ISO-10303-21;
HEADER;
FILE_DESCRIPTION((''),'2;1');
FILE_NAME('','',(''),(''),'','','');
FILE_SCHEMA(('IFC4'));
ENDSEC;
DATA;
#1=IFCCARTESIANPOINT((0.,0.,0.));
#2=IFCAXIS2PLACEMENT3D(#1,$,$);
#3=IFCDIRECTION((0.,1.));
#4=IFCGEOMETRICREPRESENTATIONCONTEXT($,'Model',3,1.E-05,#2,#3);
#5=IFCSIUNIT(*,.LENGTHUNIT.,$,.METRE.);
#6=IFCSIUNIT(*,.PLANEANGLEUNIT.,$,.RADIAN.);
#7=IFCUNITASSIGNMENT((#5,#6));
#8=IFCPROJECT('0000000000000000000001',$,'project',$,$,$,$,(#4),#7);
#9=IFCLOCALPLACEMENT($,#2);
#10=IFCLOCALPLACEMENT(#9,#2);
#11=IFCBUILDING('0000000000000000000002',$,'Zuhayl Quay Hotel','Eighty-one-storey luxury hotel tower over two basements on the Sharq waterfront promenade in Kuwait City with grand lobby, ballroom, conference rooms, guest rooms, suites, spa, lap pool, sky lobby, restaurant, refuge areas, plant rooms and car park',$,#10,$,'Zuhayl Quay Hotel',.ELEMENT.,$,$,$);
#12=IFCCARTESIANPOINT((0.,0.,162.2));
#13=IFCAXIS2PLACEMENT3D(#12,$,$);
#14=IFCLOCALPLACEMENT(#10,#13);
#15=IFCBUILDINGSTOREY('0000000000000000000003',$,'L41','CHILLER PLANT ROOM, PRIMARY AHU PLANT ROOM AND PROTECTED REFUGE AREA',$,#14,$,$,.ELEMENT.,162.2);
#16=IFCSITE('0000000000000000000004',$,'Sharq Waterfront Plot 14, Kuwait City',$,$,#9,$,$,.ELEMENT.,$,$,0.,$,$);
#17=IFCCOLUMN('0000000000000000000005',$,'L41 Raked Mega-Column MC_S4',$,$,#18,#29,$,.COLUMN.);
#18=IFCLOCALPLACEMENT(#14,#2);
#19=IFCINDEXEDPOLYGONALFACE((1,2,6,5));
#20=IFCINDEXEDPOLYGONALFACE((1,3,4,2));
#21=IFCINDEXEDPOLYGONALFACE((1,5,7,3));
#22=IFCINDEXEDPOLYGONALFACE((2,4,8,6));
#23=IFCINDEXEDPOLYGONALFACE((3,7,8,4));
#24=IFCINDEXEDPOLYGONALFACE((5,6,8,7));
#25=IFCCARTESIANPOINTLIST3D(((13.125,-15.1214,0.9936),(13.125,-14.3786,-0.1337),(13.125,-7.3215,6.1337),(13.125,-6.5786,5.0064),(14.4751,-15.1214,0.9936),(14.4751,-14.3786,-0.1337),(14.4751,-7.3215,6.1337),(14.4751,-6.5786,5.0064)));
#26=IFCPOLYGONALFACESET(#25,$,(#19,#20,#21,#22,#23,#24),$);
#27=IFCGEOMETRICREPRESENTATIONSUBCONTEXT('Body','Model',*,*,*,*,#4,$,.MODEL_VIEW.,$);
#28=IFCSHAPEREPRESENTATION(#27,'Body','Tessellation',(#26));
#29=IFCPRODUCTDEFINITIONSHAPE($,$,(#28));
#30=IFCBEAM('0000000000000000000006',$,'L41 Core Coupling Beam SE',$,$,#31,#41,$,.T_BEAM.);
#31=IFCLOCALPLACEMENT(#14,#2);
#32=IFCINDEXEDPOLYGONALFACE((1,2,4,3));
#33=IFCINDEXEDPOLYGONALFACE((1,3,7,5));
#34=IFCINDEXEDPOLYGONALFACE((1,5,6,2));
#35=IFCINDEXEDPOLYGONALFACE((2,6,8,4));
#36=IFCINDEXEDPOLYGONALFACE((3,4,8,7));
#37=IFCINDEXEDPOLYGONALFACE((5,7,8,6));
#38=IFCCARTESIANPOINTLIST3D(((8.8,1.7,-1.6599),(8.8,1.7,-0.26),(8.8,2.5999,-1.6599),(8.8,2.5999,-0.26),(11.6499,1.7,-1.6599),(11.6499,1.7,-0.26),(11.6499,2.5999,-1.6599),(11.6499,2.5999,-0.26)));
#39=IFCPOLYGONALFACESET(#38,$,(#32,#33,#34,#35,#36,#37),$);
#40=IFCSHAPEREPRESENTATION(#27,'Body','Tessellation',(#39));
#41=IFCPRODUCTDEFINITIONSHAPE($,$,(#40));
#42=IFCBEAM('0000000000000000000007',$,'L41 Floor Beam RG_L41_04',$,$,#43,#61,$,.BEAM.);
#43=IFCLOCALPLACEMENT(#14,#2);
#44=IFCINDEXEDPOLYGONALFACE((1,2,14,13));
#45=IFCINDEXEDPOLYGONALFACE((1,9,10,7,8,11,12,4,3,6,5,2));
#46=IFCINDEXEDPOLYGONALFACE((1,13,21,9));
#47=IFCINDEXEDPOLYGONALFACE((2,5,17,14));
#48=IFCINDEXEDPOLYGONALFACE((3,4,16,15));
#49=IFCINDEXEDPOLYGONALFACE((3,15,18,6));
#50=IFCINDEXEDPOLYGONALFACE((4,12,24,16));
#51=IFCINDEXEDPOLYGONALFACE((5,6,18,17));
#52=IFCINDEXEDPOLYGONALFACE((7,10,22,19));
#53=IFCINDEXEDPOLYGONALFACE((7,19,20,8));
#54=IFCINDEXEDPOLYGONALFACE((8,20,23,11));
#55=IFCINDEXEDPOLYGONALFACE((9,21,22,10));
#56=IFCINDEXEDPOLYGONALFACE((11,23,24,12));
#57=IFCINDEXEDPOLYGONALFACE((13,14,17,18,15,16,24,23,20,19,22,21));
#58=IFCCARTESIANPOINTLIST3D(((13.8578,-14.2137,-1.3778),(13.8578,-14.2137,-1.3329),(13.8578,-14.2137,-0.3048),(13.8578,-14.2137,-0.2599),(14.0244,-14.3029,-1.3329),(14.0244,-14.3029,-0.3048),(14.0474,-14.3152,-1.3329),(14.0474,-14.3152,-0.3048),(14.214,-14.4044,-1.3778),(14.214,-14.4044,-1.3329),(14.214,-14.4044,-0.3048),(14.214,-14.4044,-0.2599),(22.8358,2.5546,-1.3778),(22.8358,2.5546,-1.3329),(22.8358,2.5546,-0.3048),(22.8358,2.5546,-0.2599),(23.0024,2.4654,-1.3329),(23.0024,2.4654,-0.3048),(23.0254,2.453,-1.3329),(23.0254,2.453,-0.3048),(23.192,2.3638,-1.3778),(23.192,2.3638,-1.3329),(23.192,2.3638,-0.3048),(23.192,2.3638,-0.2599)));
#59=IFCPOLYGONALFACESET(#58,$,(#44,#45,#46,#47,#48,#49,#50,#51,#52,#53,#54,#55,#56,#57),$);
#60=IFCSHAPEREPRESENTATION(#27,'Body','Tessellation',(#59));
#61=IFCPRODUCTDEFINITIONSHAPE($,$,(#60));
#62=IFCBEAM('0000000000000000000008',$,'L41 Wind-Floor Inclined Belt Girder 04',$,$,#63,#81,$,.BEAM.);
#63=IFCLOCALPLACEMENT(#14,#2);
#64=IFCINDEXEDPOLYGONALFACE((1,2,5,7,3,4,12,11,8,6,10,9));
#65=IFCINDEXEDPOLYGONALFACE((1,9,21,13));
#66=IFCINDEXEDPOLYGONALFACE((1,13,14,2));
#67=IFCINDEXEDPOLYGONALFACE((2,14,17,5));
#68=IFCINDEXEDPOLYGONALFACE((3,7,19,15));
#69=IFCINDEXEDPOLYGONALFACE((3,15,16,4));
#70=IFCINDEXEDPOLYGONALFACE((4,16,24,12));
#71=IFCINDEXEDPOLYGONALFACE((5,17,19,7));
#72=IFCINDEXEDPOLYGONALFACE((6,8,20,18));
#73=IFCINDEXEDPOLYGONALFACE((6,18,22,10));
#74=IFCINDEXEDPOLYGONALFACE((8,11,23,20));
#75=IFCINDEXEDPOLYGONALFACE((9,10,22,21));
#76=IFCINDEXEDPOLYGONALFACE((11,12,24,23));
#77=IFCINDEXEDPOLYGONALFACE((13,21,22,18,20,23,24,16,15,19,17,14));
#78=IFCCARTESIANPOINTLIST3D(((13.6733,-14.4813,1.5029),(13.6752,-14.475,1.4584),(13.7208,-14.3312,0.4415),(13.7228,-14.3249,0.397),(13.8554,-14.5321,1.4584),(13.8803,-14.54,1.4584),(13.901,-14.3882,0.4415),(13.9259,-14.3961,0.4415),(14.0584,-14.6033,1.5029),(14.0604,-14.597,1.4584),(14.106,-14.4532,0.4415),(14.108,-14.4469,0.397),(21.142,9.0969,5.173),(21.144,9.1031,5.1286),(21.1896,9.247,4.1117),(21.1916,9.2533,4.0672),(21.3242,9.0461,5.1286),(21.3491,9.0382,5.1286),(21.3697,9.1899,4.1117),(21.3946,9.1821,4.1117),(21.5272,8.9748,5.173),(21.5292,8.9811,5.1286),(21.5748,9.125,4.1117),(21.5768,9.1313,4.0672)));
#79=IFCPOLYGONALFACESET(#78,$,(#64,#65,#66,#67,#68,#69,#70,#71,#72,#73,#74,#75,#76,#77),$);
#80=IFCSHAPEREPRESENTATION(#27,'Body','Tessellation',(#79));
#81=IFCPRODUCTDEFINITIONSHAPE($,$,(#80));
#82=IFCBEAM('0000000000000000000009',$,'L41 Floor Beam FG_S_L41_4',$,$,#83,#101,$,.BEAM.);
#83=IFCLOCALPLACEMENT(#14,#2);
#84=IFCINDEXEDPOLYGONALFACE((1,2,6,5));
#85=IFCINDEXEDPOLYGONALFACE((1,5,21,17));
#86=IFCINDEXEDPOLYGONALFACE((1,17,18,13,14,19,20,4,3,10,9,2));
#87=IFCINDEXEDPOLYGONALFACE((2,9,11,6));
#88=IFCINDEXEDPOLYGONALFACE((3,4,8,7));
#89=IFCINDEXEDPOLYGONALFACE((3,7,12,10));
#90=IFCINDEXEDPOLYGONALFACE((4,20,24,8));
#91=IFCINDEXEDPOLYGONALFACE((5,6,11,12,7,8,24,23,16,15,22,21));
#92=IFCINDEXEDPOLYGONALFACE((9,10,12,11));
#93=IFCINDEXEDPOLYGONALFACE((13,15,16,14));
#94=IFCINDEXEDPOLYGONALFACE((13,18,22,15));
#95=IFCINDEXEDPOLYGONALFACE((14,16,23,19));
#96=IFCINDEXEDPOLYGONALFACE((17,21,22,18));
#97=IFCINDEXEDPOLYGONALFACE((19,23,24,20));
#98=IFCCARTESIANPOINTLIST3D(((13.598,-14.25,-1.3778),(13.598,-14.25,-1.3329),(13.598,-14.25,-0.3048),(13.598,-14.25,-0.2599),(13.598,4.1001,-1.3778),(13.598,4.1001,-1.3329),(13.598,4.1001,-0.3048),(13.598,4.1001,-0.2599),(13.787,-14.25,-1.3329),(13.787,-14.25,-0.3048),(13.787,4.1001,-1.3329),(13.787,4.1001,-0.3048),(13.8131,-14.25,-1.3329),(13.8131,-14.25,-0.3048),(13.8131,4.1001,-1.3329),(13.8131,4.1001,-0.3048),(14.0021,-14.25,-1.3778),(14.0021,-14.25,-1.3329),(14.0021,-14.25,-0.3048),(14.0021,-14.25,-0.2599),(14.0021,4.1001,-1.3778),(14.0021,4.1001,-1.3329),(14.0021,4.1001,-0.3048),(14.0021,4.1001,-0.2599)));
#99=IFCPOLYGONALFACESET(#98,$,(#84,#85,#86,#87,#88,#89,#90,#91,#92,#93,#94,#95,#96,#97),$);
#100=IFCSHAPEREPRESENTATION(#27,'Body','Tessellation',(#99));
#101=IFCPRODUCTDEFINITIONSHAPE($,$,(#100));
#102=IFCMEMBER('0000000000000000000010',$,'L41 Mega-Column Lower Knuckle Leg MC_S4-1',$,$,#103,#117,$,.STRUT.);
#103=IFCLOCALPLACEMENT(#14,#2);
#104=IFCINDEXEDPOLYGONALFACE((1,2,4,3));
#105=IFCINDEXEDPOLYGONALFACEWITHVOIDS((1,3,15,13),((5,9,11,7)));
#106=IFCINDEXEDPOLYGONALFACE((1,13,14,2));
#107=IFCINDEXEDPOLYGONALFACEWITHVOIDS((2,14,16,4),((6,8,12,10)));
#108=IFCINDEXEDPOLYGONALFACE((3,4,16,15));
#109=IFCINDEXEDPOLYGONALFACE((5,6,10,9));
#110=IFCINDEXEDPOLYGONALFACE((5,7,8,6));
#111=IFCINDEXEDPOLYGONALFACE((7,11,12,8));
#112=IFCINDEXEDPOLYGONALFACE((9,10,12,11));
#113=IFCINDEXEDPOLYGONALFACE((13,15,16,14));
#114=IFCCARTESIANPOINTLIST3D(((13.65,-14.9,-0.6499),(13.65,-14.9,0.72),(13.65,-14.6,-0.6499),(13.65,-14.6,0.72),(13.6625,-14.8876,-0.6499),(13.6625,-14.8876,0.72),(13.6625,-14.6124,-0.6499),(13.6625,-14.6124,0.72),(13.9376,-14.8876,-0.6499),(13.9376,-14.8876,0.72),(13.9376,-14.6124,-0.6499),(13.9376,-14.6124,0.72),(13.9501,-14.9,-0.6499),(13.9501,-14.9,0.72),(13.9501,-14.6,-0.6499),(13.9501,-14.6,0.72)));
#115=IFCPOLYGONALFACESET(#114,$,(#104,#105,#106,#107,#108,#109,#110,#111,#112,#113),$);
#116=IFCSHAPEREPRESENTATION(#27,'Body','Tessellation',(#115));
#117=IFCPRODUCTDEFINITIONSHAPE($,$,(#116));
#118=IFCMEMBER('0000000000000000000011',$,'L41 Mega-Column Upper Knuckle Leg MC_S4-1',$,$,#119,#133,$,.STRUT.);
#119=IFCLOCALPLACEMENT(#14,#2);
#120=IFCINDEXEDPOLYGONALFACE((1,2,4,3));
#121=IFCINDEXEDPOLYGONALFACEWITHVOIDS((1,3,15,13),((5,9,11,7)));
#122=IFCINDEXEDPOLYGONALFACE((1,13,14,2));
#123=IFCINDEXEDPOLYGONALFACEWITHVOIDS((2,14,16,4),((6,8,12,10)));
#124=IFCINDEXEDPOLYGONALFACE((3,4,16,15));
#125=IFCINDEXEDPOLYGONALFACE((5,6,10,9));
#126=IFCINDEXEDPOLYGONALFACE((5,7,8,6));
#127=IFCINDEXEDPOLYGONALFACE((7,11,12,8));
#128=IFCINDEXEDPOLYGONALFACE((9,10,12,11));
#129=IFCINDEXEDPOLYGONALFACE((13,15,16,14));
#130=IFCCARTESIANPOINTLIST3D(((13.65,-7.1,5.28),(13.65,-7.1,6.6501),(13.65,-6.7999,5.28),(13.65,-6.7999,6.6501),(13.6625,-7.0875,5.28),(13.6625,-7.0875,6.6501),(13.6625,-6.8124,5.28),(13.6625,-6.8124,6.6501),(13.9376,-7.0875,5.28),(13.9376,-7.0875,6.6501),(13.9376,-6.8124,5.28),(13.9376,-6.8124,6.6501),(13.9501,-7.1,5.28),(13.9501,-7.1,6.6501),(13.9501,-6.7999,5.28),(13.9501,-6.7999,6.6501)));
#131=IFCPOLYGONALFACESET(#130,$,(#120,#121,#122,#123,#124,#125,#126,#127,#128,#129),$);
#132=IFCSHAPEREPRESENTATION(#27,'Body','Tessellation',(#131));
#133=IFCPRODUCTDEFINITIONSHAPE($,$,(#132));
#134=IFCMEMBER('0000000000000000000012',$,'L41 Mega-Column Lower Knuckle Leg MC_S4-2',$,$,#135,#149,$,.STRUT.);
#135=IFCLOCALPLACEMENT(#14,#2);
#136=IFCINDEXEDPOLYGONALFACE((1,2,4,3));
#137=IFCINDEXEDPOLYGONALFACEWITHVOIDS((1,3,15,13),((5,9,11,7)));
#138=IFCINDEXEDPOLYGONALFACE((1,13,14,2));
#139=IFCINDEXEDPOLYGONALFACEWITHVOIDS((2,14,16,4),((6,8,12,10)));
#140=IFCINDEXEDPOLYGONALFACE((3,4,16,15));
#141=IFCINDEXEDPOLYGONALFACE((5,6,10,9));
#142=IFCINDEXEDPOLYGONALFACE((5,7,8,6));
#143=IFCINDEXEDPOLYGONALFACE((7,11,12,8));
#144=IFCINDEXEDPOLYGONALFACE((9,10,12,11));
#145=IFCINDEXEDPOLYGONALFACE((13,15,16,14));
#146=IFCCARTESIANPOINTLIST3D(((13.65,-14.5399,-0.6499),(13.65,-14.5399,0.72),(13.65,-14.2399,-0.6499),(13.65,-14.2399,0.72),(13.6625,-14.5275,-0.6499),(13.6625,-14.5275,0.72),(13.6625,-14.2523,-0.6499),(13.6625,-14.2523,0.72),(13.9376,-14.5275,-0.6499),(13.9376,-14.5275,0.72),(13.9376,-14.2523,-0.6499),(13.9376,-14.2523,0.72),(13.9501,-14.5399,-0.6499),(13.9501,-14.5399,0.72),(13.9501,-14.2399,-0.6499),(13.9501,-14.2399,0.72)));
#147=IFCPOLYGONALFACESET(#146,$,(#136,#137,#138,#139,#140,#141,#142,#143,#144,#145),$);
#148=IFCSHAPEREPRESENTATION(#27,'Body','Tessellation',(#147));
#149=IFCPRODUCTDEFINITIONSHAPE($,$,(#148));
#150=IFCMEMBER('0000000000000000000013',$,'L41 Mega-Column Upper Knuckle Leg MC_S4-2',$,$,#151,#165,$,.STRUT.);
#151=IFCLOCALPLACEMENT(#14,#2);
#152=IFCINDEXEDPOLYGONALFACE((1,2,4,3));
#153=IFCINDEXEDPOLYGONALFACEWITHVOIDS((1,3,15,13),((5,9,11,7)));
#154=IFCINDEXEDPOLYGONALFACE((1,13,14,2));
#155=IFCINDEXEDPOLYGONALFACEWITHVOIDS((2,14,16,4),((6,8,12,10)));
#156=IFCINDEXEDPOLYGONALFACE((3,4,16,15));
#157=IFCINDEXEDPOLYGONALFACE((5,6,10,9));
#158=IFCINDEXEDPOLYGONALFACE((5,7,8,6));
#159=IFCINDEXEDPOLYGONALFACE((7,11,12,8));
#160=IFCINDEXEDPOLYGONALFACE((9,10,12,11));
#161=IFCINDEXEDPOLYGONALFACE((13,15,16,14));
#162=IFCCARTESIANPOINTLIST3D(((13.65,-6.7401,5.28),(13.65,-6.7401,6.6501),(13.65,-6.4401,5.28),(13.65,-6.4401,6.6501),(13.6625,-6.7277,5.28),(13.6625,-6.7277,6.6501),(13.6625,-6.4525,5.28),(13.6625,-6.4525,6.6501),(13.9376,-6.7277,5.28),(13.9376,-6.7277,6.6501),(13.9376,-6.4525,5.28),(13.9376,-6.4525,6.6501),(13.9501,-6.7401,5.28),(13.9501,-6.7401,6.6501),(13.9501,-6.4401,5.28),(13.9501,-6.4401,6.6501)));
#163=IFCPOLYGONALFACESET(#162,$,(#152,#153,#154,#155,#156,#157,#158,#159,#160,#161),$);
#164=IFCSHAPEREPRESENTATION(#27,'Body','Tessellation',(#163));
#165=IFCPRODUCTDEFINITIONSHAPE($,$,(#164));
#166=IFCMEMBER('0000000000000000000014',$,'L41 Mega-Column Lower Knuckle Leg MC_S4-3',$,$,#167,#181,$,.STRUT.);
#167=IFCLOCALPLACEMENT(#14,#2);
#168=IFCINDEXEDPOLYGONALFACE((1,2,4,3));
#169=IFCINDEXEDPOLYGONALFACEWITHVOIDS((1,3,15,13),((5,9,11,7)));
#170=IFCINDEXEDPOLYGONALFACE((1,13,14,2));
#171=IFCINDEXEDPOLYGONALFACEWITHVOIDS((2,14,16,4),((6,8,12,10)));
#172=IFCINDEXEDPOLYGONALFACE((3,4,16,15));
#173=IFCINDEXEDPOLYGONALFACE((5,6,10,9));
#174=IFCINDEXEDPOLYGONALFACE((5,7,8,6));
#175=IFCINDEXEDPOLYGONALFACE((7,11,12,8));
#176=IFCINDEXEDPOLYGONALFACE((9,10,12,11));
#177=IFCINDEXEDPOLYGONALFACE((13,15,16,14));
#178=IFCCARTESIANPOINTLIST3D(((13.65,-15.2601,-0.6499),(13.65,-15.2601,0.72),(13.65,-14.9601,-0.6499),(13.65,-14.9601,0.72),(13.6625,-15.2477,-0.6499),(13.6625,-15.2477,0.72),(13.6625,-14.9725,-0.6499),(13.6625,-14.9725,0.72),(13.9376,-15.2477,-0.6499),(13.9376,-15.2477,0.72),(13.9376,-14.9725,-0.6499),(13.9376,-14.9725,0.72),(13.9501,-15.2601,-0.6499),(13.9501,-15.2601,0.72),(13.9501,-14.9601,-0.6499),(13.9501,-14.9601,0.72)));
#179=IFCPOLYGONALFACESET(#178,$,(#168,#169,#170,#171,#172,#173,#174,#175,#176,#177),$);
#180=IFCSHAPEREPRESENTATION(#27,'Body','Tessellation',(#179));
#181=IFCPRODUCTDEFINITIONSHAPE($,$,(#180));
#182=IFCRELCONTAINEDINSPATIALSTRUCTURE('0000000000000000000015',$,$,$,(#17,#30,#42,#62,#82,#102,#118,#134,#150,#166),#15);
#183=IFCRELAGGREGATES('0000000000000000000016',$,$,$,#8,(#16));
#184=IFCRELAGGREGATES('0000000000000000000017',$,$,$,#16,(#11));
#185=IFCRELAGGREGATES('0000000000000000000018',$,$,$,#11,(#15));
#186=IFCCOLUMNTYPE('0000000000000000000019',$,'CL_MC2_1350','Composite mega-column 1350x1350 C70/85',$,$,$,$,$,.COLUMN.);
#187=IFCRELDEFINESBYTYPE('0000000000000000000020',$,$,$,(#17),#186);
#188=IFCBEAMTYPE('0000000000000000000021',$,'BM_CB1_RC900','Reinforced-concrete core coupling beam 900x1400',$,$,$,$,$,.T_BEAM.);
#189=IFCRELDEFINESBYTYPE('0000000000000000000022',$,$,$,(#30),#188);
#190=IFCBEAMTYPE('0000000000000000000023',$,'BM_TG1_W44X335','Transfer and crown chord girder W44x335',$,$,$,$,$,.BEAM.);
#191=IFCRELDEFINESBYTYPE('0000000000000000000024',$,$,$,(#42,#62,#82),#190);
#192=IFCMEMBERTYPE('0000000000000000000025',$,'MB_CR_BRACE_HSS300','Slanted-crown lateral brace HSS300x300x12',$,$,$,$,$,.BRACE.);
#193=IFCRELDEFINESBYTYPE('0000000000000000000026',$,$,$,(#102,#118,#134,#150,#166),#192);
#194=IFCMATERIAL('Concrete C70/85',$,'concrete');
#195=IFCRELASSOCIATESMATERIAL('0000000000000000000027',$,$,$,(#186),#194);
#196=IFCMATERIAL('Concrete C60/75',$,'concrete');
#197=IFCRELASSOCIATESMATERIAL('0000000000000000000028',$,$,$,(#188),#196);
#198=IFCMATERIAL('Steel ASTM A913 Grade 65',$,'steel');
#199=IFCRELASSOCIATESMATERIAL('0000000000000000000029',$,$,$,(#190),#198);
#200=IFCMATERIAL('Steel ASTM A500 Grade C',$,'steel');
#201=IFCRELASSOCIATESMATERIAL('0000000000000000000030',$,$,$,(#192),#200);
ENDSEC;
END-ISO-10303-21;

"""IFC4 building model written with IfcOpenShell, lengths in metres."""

from ifc_helpers import new_model, si_unit, direction, frame, origin, origin_2d, place, context, subcontext, project, spatial, rectangle, hollow_rectangle, i_section, extrude, material, material_profile, profile_set, type_object, element, save


model = new_model("IFC4")

# Units and contexts
model_context = context("Model", 3, precision=1e-05, world=origin(), true_north=direction((0.0, 1.0)))
body_context = subcontext(model_context, "Body", "Model", "MODEL_VIEW")
ifc_project = project(units=[si_unit("LENGTHUNIT", "METRE"), si_unit("PLANEANGLEUNIT", "RADIAN")], contexts=[model_context])

# Site, building, storey
site_placement = place(None, origin())
site = spatial("IfcSite", under=ifc_project, at=site_placement, Name="Sharq Waterfront Plot 14, Kuwait City", CompositionType="ELEMENT", RefElevation=0.0)
building_placement = place(site_placement, origin())
building = spatial("IfcBuilding", under=site, at=building_placement, Name="Zuhayl Quay Hotel", Description="Eighty-one-storey luxury hotel tower over two basements on the Sharq waterfront promenade in Kuwait City with grand lobby, ballroom, conference rooms, guest rooms, suites, spa, lap pool, sky lobby, restaurant, refuge areas, plant rooms and car park", LongName="Zuhayl Quay Hotel", CompositionType="ELEMENT")
storey_placement = place(building_placement, frame((0.0, 0.0, 162.2)))
storey = spatial("IfcBuildingStorey", under=building, at=storey_placement, Name="L41", Description="CHILLER PLANT ROOM, PRIMARY AHU PLANT ROOM AND PROTECTED REFUGE AREA", CompositionType="ELEMENT", Elevation=162.2)

# Column
ifc_material_1 = material(Name="Concrete C70/85", Category="concrete")
ifc_material_profile_1 = material_profile(ifc_material_1, rectangle(XDim=1.3501, YDim=1.3501, at=origin_2d()), Name="RC1350X1350")
ifc_profile_set_1 = profile_set([ifc_material_profile_1], Name="Concrete C70/85")
column_type = type_object("IfcColumnType", Name="CL_MC2_1350", Description="Composite mega-column 1350x1350 C70/85", PredefinedType="COLUMN", material=ifc_profile_set_1)
column_placement = place(storey_placement, frame((13.8, -14.75, 0.4299), z_axis=(0.0, 0.834998, 0.550253), x_axis=(-1.0, 0.0, 0.0)))
element("IfcColumn", 1, at=column_placement, inside=storey, type_object=column_type, Name="L41 Raked Mega-Column MC_S4", PredefinedType="COLUMN", context=body_context, shape_type="SweptSolid", body=[
    extrude(rectangle(XDim=1.3501, YDim=1.3501, at=origin_2d()), origin(), (0.0, 0.0, 1.0), 9.3413),
])

# Beams
ifc_material_2 = material(Name="Concrete C60/75", Category="concrete")
ifc_material_profile_2 = material_profile(ifc_material_2, rectangle(XDim=0.8999, YDim=1.3999, at=origin_2d()), Name="RC900X1400")
ifc_profile_set_2 = profile_set([ifc_material_profile_2], Name="Concrete C60/75")
beam_type_1 = type_object("IfcBeamType", Name="BM_CB1_RC900", Description="Reinforced-concrete core coupling beam 900x1400", PredefinedType="T_BEAM", material=ifc_profile_set_2)
beam_1_placement = place(storey_placement, frame((8.8, 2.1499, -0.96), z_axis=(1.0, 0.0, 0.0), x_axis=(0.0, 1.0, 0.0)))
element("IfcBeam", 2, at=beam_1_placement, inside=storey, type_object=beam_type_1, Name="L41 Core Coupling Beam SE", PredefinedType="T_BEAM", context=body_context, shape_type="SweptSolid", body=[
    extrude(rectangle(XDim=0.8999, YDim=1.3999, at=origin_2d()), origin(), (0.0, 0.0, 1.0), 2.8499),
])
ifc_material_3 = material(Name="Steel ASTM A913 Grade 65", Category="steel")
ifc_material_profile_3 = material_profile(ifc_material_3, i_section(OverallWidth=0.4041, OverallDepth=1.1179, WebThickness=0.0261, FlangeThickness=0.0449, at=origin_2d()), Name="W44X335")
ifc_profile_set_3 = profile_set([ifc_material_profile_3], Name="Steel ASTM A913 Grade 65")
beam_type_2 = type_object("IfcBeamType", Name="BM_TG1_W44X335", Description="Transfer and crown chord girder W44x335", PredefinedType="BEAM", material=ifc_profile_set_3)
beam_2_placement = place(storey_placement, frame((14.0359, -14.3091, -0.8188), z_axis=(0.472017, 0.881589, 0.0), x_axis=(-0.881589, 0.472017, 0.0)))
element("IfcBeam", 3, at=beam_2_placement, inside=storey, type_object=beam_type_2, Name="L41 Floor Beam RG_L41_04", PredefinedType="BEAM", context=body_context, shape_type="SweptSolid", body=[
    extrude(i_section(OverallWidth=0.4041, OverallDepth=1.1179, WebThickness=0.0261, FlangeThickness=0.0449, at=origin_2d()), origin(), (0.0, 0.0, 1.0), 19.0205),
])
beam_3_placement = place(storey_placement, frame((13.8906, -14.4641, 0.95), z_axis=(0.298707, 0.942989, 0.146785), x_axis=(-0.953315, 0.301978, 0.0)))
element("IfcBeam", 4, at=beam_3_placement, inside=storey, type_object=beam_type_2, Name="L41 Wind-Floor Inclined Belt Girder 04", PredefinedType="BEAM", context=body_context, shape_type="SweptSolid", body=[
    extrude(i_section(OverallWidth=0.4041, OverallDepth=1.1179, WebThickness=0.0261, FlangeThickness=0.0449, at=origin_2d()), origin(), (0.0, 0.0, 1.0), 25.0037),
])
beam_4_placement = place(storey_placement, frame((13.8, -14.25, -0.8188), z_axis=(0.0, 1.0, 0.0), x_axis=(-1.0, 0.0, 0.0)))
element("IfcBeam", 5, at=beam_4_placement, inside=storey, type_object=beam_type_2, Name="L41 Floor Beam FG_S_L41_4", PredefinedType="BEAM", context=body_context, shape_type="SweptSolid", body=[
    extrude(i_section(OverallWidth=0.4041, OverallDepth=1.1179, WebThickness=0.0261, FlangeThickness=0.0449, at=origin_2d()), origin(), (0.0, 0.0, 1.0), 18.3501),
])

# Members
ifc_material_4 = material(Name="Steel ASTM A500 Grade C", Category="steel")
ifc_material_profile_4 = material_profile(ifc_material_4, hollow_rectangle(XDim=0.3, YDim=0.3, WallThickness=0.0125, at=origin_2d()), Name="HSS300X300X12")
ifc_profile_set_4 = profile_set([ifc_material_profile_4], Name="Steel ASTM A500 Grade C")
member_type = type_object("IfcMemberType", Name="MB_CR_BRACE_HSS300", Description="Slanted-crown lateral brace HSS300x300x12", PredefinedType="BRACE", material=ifc_profile_set_4)
member_1_placement = place(storey_placement, frame((13.8, -14.75, -0.6499), z_axis=(0.0, 0.0, 1.0), x_axis=(1.0, 0.0, 0.0)))
element("IfcMember", 6, at=member_1_placement, inside=storey, type_object=member_type, Name="L41 Mega-Column Lower Knuckle Leg MC_S4-1", PredefinedType="STRUT", context=body_context, shape_type="SweptSolid", body=[
    extrude(hollow_rectangle(XDim=0.3, YDim=0.3, WallThickness=0.0125, at=origin_2d()), origin(), (0.0, 0.0, 1.0), 1.3699),
])
member_2_placement = place(storey_placement, frame((13.8, -6.95, 5.28), z_axis=(0.0, 0.0, 1.0), x_axis=(1.0, 0.0, 0.0)))
element("IfcMember", 7, at=member_2_placement, inside=storey, type_object=member_type, Name="L41 Mega-Column Upper Knuckle Leg MC_S4-1", PredefinedType="STRUT", context=body_context, shape_type="SweptSolid", body=[
    extrude(hollow_rectangle(XDim=0.3, YDim=0.3, WallThickness=0.0125, at=origin_2d()), origin(), (0.0, 0.0, 1.0), 1.3701),
])
member_3_placement = place(storey_placement, frame((13.8, -14.3899, -0.6499), z_axis=(0.0, 0.0, 1.0), x_axis=(1.0, 0.0, 0.0)))
element("IfcMember", 8, at=member_3_placement, inside=storey, type_object=member_type, Name="L41 Mega-Column Lower Knuckle Leg MC_S4-2", PredefinedType="STRUT", context=body_context, shape_type="SweptSolid", body=[
    extrude(hollow_rectangle(XDim=0.3, YDim=0.3, WallThickness=0.0125, at=origin_2d()), origin(), (0.0, 0.0, 1.0), 1.3699),
])
member_4_placement = place(storey_placement, frame((13.8, -6.5901, 5.28), z_axis=(0.0, 0.0, 1.0), x_axis=(1.0, 0.0, 0.0)))
element("IfcMember", 9, at=member_4_placement, inside=storey, type_object=member_type, Name="L41 Mega-Column Upper Knuckle Leg MC_S4-2", PredefinedType="STRUT", context=body_context, shape_type="SweptSolid", body=[
    extrude(hollow_rectangle(XDim=0.3, YDim=0.3, WallThickness=0.0125, at=origin_2d()), origin(), (0.0, 0.0, 1.0), 1.3701),
])
member_5_placement = place(storey_placement, frame((13.8, -15.1101, -0.6499), z_axis=(0.0, 0.0, 1.0), x_axis=(1.0, 0.0, 0.0)))
element("IfcMember", 10, at=member_5_placement, inside=storey, type_object=member_type, Name="L41 Mega-Column Lower Knuckle Leg MC_S4-3", PredefinedType="STRUT", context=body_context, shape_type="SweptSolid", body=[
    extrude(hollow_rectangle(XDim=0.3, YDim=0.3, WallThickness=0.0125, at=origin_2d()), origin(), (0.0, 0.0, 1.0), 1.3699),
])

save(model, "model.ifc")
